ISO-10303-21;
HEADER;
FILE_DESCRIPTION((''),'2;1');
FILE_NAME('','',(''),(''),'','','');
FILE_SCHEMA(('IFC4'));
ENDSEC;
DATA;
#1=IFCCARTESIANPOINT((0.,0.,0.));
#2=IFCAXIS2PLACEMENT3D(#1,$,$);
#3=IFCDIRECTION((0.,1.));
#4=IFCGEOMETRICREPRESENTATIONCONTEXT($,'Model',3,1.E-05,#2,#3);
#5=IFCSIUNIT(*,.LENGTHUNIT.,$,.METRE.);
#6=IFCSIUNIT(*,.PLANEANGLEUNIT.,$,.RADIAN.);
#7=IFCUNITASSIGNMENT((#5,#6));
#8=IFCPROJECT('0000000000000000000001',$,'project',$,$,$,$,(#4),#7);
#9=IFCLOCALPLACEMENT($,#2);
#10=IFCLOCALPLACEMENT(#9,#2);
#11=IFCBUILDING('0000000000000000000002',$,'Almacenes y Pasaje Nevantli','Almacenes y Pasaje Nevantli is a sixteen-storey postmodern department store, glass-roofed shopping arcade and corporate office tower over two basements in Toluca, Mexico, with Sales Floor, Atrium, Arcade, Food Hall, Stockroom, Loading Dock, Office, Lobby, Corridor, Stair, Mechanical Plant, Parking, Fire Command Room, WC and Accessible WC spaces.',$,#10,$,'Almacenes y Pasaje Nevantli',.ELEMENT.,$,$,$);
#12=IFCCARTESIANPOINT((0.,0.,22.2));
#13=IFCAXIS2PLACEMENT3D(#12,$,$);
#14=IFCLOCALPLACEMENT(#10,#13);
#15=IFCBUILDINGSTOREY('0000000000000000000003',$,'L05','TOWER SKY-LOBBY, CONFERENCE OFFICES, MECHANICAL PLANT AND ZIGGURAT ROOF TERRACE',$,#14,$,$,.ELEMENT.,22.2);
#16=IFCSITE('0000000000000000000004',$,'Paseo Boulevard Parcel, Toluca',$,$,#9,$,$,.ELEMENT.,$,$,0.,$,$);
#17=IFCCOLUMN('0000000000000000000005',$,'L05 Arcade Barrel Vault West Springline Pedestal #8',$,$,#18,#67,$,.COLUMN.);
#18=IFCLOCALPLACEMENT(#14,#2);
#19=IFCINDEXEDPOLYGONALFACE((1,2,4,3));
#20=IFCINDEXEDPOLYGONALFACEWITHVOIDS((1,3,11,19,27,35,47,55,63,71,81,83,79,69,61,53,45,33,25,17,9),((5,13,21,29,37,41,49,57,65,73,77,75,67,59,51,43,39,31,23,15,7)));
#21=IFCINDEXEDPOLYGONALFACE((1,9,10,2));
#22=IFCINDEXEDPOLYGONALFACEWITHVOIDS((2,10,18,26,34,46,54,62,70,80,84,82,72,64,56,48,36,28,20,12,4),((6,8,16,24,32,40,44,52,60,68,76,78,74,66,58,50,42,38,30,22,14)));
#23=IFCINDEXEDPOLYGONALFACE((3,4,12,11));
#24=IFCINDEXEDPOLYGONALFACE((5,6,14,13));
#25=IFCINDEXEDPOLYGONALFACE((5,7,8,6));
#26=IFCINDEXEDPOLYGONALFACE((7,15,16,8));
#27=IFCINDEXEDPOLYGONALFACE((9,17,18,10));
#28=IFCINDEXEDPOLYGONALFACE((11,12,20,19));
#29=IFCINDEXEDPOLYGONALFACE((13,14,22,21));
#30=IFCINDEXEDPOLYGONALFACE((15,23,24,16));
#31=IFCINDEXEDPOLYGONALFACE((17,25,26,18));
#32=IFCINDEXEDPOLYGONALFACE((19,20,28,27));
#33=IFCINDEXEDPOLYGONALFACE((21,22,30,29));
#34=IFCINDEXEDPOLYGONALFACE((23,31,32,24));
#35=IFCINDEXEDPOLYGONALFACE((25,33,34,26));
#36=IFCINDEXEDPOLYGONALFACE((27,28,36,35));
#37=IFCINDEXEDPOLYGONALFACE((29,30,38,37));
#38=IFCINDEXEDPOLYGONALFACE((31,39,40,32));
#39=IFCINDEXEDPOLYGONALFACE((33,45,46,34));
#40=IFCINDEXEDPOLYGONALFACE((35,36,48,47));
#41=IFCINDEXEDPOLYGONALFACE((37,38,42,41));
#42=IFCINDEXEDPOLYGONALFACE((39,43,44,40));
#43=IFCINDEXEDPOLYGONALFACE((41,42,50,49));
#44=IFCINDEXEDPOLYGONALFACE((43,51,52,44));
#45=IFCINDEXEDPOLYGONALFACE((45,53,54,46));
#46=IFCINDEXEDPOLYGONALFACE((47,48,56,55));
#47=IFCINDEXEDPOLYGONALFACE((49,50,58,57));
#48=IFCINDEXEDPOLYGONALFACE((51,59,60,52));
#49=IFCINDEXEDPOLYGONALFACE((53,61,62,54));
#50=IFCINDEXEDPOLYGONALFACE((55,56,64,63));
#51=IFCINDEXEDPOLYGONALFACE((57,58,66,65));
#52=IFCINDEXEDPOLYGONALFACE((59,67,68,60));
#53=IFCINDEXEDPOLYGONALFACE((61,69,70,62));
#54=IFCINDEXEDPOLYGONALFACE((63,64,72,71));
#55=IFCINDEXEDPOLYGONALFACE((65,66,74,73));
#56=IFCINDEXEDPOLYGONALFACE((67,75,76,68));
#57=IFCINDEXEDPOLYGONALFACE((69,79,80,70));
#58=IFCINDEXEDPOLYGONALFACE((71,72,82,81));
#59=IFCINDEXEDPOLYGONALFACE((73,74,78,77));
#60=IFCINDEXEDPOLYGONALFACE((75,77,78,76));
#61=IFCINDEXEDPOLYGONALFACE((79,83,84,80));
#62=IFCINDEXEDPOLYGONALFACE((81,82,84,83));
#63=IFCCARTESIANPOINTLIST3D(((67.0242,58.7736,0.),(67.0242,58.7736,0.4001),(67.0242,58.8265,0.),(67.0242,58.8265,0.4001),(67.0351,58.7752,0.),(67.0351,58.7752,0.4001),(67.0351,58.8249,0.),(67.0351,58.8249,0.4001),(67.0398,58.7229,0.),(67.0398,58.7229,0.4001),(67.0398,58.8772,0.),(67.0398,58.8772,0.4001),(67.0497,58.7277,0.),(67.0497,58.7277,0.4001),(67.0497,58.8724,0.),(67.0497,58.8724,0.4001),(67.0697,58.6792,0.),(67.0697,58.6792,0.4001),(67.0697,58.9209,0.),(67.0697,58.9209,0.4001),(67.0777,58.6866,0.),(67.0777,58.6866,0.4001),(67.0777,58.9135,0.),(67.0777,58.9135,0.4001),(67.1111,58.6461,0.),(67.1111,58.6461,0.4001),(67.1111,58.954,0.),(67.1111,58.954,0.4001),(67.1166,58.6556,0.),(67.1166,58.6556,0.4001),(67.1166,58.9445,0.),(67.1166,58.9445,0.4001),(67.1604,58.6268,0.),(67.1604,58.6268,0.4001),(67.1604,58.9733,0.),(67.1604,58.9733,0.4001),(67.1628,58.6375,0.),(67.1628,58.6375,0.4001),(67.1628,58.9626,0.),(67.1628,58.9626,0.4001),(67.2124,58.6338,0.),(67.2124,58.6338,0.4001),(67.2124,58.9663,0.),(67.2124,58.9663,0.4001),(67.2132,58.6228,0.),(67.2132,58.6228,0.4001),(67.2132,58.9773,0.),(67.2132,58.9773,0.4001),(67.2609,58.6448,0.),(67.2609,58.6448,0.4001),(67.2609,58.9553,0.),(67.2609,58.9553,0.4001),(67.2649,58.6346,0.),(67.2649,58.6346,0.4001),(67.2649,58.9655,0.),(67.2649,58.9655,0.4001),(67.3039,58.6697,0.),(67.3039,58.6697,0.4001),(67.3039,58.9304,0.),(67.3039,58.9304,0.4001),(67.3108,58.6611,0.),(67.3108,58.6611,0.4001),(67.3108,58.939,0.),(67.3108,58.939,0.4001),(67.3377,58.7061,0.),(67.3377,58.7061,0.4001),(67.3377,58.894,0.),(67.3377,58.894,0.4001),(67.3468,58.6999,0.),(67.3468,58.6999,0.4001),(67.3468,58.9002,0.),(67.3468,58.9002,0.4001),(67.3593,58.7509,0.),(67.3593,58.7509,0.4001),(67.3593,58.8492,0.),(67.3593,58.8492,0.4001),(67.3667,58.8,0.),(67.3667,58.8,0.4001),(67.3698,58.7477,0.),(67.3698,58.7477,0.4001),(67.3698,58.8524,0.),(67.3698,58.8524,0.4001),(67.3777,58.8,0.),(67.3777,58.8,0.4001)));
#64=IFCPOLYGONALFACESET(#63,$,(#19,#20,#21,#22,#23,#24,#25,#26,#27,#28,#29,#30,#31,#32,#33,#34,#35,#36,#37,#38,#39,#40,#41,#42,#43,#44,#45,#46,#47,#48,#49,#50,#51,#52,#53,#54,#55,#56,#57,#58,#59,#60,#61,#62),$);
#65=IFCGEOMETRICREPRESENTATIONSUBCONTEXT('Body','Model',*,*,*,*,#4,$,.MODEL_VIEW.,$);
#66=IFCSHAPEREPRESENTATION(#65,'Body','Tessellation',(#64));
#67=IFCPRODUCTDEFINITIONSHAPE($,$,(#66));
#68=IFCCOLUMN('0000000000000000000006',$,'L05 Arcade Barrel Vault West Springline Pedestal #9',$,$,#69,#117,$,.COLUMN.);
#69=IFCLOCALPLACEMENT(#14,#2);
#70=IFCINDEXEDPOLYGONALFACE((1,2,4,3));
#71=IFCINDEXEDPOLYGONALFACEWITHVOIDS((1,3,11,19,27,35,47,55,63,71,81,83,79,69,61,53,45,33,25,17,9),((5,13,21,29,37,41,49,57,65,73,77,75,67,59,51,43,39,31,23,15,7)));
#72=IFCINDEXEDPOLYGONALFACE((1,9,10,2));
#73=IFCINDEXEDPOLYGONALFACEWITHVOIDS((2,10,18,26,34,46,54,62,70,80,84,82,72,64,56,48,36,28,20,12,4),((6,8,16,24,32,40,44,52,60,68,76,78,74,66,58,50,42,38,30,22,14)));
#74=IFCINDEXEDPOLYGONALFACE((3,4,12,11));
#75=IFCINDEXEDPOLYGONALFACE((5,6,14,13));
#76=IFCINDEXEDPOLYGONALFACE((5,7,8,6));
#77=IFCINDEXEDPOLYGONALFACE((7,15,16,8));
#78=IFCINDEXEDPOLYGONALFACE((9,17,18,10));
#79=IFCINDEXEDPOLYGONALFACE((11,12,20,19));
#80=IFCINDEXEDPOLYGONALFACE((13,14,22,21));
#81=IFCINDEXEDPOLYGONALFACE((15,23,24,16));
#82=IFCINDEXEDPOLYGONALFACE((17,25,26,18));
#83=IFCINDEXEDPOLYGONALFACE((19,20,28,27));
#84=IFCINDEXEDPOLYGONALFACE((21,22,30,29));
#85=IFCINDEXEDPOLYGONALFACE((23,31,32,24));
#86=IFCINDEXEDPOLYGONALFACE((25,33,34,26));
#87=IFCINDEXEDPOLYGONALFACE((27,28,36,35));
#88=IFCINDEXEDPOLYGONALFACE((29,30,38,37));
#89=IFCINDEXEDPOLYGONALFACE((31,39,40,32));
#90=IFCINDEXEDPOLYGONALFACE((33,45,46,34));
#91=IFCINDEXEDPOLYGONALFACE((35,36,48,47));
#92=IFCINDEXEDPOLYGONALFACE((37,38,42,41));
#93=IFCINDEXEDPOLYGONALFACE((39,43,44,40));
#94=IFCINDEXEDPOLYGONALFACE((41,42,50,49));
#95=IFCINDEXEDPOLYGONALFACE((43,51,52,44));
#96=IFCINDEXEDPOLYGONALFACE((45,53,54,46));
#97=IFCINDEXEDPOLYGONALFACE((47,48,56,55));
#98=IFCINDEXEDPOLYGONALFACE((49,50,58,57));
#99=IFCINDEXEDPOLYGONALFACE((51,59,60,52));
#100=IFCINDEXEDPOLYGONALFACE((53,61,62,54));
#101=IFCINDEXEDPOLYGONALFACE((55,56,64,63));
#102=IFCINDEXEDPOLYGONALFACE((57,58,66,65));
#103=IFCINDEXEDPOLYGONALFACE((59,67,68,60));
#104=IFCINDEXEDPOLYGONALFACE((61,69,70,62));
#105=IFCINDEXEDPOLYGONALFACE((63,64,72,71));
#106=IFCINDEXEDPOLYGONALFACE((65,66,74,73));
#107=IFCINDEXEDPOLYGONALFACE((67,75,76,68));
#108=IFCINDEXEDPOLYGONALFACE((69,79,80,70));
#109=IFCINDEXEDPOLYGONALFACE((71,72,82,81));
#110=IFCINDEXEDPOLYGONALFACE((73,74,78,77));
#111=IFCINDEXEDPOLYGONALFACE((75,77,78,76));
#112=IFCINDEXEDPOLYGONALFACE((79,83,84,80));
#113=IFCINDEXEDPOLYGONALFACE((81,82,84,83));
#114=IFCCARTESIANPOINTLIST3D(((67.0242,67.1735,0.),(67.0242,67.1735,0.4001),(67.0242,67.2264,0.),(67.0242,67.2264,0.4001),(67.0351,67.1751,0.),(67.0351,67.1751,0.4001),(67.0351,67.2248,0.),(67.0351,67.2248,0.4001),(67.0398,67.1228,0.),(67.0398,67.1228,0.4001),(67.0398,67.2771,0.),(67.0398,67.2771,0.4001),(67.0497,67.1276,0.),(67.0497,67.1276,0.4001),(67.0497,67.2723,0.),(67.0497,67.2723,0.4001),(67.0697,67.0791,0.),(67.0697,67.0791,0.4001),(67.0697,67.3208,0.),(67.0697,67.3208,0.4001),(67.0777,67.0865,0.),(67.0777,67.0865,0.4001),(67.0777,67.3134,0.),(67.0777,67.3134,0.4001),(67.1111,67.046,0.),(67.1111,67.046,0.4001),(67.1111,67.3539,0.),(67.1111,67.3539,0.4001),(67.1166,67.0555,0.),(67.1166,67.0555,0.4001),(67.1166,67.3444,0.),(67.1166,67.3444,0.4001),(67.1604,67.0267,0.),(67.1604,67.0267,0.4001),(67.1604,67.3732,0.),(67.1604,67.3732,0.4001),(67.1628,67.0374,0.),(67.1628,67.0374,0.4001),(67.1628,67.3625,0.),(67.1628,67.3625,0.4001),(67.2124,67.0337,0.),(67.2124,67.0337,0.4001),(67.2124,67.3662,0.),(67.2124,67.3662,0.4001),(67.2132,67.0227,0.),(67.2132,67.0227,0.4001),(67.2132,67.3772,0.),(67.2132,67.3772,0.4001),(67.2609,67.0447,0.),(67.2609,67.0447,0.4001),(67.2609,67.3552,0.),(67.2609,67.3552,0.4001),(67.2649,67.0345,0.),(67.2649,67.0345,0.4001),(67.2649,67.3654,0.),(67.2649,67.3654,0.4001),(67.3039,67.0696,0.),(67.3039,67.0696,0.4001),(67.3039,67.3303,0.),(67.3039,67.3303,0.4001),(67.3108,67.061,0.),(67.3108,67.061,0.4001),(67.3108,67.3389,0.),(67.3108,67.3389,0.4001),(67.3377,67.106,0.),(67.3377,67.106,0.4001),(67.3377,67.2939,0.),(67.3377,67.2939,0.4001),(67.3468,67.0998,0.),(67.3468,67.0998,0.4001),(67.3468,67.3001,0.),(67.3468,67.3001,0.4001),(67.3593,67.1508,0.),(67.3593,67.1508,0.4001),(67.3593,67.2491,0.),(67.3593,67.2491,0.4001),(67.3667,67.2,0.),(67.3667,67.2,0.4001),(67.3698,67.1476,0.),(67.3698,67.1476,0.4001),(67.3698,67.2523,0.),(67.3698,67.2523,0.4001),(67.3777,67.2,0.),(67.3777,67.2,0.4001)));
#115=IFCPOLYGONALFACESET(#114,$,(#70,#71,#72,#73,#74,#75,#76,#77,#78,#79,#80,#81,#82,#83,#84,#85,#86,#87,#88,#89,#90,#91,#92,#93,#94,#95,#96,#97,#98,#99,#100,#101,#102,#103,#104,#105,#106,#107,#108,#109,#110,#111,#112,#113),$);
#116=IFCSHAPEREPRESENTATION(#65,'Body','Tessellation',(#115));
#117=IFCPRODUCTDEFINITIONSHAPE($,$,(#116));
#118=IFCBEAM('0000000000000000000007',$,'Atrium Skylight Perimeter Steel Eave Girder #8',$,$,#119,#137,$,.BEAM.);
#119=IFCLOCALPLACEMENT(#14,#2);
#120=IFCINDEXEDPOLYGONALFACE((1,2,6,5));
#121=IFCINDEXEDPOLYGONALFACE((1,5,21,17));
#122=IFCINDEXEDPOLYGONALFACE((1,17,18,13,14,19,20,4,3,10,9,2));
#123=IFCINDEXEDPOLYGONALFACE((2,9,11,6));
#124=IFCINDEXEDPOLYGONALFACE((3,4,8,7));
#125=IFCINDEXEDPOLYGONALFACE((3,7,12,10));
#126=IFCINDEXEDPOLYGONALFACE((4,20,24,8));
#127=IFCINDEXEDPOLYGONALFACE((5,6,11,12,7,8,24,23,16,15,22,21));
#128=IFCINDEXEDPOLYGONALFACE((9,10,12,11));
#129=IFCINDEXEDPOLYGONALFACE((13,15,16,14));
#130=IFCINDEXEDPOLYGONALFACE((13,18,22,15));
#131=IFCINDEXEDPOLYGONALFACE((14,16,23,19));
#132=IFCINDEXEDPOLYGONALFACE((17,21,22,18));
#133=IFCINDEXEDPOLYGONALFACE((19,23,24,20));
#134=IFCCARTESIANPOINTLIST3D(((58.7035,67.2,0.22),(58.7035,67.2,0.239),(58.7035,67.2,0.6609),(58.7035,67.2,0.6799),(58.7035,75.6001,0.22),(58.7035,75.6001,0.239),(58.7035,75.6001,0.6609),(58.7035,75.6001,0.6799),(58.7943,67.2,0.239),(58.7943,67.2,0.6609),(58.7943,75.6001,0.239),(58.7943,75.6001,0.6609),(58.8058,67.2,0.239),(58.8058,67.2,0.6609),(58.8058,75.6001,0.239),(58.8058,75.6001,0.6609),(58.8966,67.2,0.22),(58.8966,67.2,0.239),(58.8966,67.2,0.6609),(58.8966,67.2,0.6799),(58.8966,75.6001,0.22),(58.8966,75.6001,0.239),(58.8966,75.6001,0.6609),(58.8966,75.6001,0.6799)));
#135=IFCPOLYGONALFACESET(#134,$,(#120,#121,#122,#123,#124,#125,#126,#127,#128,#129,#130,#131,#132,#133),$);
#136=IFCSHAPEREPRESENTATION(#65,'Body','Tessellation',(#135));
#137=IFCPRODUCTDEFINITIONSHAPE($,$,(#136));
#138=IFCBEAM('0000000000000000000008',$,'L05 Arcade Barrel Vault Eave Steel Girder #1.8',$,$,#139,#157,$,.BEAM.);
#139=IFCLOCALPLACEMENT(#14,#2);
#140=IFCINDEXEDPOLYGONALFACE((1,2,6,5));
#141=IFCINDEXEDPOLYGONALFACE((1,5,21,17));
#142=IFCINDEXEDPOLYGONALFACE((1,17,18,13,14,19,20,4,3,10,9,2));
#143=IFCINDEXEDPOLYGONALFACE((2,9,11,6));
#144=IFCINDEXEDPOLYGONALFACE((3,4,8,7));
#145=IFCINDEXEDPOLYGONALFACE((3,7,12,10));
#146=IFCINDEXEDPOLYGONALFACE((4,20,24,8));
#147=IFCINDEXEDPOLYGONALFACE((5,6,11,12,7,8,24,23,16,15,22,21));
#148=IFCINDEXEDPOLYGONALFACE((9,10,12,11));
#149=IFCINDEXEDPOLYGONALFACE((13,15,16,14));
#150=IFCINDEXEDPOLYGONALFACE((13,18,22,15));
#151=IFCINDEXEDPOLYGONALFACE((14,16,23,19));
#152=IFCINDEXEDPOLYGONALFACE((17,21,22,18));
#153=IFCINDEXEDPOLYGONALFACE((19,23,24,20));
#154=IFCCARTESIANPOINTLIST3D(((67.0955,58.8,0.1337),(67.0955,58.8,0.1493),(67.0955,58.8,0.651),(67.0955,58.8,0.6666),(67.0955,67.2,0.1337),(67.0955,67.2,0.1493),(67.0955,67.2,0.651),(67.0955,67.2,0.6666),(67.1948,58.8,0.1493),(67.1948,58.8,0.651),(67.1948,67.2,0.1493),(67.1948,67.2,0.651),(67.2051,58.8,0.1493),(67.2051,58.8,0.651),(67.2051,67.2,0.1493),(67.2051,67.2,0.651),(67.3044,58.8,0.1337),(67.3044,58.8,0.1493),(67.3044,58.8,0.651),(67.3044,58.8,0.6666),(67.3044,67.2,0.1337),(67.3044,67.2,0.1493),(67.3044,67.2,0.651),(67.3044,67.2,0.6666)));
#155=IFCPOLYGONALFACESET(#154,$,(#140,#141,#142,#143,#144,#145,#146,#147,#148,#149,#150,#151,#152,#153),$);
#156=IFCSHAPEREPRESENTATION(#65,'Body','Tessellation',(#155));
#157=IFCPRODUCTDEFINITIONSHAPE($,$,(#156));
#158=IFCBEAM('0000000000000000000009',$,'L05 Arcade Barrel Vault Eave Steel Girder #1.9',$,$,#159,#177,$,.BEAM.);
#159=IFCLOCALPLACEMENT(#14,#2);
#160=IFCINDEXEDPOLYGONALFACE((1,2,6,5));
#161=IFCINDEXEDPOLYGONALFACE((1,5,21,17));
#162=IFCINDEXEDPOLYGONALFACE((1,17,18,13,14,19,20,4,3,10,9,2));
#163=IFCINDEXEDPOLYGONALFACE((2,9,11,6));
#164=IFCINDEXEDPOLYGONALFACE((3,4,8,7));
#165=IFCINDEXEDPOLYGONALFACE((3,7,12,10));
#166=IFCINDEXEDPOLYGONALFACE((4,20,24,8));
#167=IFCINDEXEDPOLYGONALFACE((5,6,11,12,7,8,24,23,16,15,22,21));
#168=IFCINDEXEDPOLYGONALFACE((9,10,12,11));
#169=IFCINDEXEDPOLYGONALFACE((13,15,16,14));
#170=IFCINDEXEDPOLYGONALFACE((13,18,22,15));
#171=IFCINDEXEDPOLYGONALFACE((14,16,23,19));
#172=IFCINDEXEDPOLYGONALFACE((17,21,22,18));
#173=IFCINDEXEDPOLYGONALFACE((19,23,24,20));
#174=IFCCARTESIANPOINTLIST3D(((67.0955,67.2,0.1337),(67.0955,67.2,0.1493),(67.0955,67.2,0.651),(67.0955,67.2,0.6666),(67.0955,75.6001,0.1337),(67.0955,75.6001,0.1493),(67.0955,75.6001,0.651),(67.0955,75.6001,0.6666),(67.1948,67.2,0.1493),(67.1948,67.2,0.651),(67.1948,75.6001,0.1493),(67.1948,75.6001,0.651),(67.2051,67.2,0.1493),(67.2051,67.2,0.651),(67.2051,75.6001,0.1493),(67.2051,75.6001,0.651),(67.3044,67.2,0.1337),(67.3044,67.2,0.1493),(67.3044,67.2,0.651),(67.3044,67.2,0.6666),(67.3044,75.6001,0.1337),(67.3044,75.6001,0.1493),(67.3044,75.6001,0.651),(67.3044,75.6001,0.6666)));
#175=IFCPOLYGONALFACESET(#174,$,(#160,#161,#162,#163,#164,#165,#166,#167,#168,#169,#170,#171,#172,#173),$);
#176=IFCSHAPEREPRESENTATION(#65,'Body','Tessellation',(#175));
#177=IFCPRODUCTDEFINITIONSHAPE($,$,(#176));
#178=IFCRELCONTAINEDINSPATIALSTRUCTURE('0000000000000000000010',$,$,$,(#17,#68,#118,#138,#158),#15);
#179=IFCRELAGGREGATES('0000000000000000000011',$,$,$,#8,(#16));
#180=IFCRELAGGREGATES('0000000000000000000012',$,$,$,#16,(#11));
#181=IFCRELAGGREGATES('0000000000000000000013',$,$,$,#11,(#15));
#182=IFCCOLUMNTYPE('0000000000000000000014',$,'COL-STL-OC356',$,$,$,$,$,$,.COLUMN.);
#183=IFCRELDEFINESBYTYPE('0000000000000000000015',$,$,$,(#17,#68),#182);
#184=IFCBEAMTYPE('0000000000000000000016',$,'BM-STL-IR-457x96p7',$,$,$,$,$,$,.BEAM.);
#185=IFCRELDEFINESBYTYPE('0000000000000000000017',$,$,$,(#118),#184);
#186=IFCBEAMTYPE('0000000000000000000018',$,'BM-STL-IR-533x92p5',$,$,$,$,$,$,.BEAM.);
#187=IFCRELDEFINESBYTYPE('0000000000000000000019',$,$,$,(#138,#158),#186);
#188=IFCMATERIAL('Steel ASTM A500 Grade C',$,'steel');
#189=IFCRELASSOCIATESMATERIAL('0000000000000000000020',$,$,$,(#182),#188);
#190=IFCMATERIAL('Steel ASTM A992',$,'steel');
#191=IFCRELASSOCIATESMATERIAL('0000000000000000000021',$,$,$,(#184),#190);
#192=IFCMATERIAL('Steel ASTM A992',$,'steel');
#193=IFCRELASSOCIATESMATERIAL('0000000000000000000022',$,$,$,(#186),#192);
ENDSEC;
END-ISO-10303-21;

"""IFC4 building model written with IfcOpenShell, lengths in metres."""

from ifc_helpers import new_model, si_unit, direction, frame, origin, origin_2d, place, context, subcontext, project, spatial, hollow_circle, i_section, extrude, material, material_profile, profile_set, type_object, element, save


model = new_model("IFC4")

# Units and contexts
model_context = context("Model", 3, precision=1e-05, world=origin(), true_north=direction((0.0, 1.0)))
body_context = subcontext(model_context, "Body", "Model", "MODEL_VIEW")
ifc_project = project(units=[si_unit("LENGTHUNIT", "METRE"), si_unit("PLANEANGLEUNIT", "RADIAN")], contexts=[model_context])

# Site, building, storey
site_placement = place(None, origin())
site = spatial("IfcSite", under=ifc_project, at=site_placement, Name="Paseo Boulevard Parcel, Toluca", CompositionType="ELEMENT", RefElevation=0.0)
building_placement = place(site_placement, origin())
building = spatial("IfcBuilding", under=site, at=building_placement, Name="Almacenes y Pasaje Nevantli", Description="Almacenes y Pasaje Nevantli is a sixteen-storey postmodern department store, glass-roofed shopping arcade and corporate office tower over two basements in Toluca, Mexico, with Sales Floor, Atrium, Arcade, Food Hall, Stockroom, Loading Dock, Office, Lobby, Corridor, Stair, Mechanical Plant, Parking, Fire Command Room, WC and Accessible WC spaces.", LongName="Almacenes y Pasaje Nevantli", CompositionType="ELEMENT")
storey_placement = place(building_placement, frame((0.0, 0.0, 22.2)))
storey = spatial("IfcBuildingStorey", under=building, at=storey_placement, Name="L05", Description="TOWER SKY-LOBBY, CONFERENCE OFFICES, MECHANICAL PLANT AND ZIGGURAT ROOF TERRACE", CompositionType="ELEMENT", Elevation=22.2)

# Columns
ifc_material_1 = material(Name="Steel ASTM A500 Grade C", Category="steel")
ifc_material_profile_1 = material_profile(ifc_material_1, hollow_circle(Radius=0.1777, WallThickness=0.011, at=origin_2d()), Name="OC 356x11.1")
ifc_profile_set_1 = profile_set([ifc_material_profile_1], Name="Steel ASTM A500 Grade C")
column_type = type_object("IfcColumnType", Name="COL-STL-OC356", PredefinedType="COLUMN", material=ifc_profile_set_1)
for number, where, z_axis, x_axis, name in (
    (1, (67.2, 58.8, 0.0), (0.0, 0.0, 1.0), (1.0, 0.0, 0.0), "L05 Arcade Barrel Vault West Springline Pedestal #8"),
    (2, (67.2, 67.2, 0.0), (0.0, 0.0, 1.0), (1.0, 0.0, 0.0), "L05 Arcade Barrel Vault West Springline Pedestal #9"),
):
    element("IfcColumn", number, at=place(storey_placement, frame(where, z_axis=z_axis, x_axis=x_axis)), inside=storey, type_object=column_type, Name=name, PredefinedType="COLUMN", context=body_context, shape_type="SweptSolid", body=[
        extrude(hollow_circle(Radius=0.1777, WallThickness=0.011, at=origin_2d()), origin(), (0.0, 0.0, 1.0), 0.4001),
    ])

# Beams
ifc_material_2 = material(Name="Steel ASTM A992", Category="steel")
ifc_material_profile_2 = material_profile(ifc_material_2, i_section(OverallWidth=0.1931, OverallDepth=0.46, WebThickness=0.0115, FlangeThickness=0.019, at=origin_2d()), Name="IR 457x96.7")
ifc_profile_set_2 = profile_set([ifc_material_profile_2], Name="Steel ASTM A992")
beam_type_1 = type_object("IfcBeamType", Name="BM-STL-IR-457x96p7", PredefinedType="BEAM", material=ifc_profile_set_2)
beam_1_placement = place(storey_placement, frame((58.8, 67.2, 0.45), z_axis=(0.0, 1.0, 0.0), x_axis=(-1.0, 0.0, 0.0)))
element("IfcBeam", 3, at=beam_1_placement, inside=storey, type_object=beam_type_1, Name="Atrium Skylight Perimeter Steel Eave Girder #8", PredefinedType="BEAM", context=body_context, shape_type="SweptSolid", body=[
    extrude(i_section(OverallWidth=0.1931, OverallDepth=0.46, WebThickness=0.0115, FlangeThickness=0.019, at=origin_2d()), origin(), (0.0, 0.0, 1.0), 8.4001),
])
ifc_material_3 = material(Name="Steel ASTM A992", Category="steel")
ifc_material_profile_3 = material_profile(ifc_material_3, i_section(OverallWidth=0.209, OverallDepth=0.533, WebThickness=0.0103, FlangeThickness=0.0156, at=origin_2d()), Name="IR 533x92.5")
ifc_profile_set_3 = profile_set([ifc_material_profile_3], Name="Steel ASTM A992")
beam_type_2 = type_object("IfcBeamType", Name="BM-STL-IR-533x92p5", PredefinedType="BEAM", material=ifc_profile_set_3)
beam_2_placement = place(storey_placement, frame((67.2, 58.8, 0.4001), z_axis=(0.0, 1.0, 0.0), x_axis=(-1.0, 0.0, 0.0)))
element("IfcBeam", 4, at=beam_2_placement, inside=storey, type_object=beam_type_2, Name="L05 Arcade Barrel Vault Eave Steel Girder #1.8", PredefinedType="BEAM", context=body_context, shape_type="SweptSolid", body=[
    extrude(i_section(OverallWidth=0.209, OverallDepth=0.533, WebThickness=0.0103, FlangeThickness=0.0156, at=origin_2d()), origin(), (0.0, 0.0, 1.0), 8.3999),
])
beam_3_placement = place(storey_placement, frame((67.2, 67.2, 0.4001), z_axis=(0.0, 1.0, 0.0), x_axis=(-1.0, 0.0, 0.0)))
element("IfcBeam", 5, at=beam_3_placement, inside=storey, type_object=beam_type_2, Name="L05 Arcade Barrel Vault Eave Steel Girder #1.9", PredefinedType="BEAM", context=body_context, shape_type="SweptSolid", body=[
    extrude(i_section(OverallWidth=0.209, OverallDepth=0.533, WebThickness=0.0103, FlangeThickness=0.0156, at=origin_2d()), origin(), (0.0, 0.0, 1.0), 8.4001),
])

save(model, "model.ifc")
